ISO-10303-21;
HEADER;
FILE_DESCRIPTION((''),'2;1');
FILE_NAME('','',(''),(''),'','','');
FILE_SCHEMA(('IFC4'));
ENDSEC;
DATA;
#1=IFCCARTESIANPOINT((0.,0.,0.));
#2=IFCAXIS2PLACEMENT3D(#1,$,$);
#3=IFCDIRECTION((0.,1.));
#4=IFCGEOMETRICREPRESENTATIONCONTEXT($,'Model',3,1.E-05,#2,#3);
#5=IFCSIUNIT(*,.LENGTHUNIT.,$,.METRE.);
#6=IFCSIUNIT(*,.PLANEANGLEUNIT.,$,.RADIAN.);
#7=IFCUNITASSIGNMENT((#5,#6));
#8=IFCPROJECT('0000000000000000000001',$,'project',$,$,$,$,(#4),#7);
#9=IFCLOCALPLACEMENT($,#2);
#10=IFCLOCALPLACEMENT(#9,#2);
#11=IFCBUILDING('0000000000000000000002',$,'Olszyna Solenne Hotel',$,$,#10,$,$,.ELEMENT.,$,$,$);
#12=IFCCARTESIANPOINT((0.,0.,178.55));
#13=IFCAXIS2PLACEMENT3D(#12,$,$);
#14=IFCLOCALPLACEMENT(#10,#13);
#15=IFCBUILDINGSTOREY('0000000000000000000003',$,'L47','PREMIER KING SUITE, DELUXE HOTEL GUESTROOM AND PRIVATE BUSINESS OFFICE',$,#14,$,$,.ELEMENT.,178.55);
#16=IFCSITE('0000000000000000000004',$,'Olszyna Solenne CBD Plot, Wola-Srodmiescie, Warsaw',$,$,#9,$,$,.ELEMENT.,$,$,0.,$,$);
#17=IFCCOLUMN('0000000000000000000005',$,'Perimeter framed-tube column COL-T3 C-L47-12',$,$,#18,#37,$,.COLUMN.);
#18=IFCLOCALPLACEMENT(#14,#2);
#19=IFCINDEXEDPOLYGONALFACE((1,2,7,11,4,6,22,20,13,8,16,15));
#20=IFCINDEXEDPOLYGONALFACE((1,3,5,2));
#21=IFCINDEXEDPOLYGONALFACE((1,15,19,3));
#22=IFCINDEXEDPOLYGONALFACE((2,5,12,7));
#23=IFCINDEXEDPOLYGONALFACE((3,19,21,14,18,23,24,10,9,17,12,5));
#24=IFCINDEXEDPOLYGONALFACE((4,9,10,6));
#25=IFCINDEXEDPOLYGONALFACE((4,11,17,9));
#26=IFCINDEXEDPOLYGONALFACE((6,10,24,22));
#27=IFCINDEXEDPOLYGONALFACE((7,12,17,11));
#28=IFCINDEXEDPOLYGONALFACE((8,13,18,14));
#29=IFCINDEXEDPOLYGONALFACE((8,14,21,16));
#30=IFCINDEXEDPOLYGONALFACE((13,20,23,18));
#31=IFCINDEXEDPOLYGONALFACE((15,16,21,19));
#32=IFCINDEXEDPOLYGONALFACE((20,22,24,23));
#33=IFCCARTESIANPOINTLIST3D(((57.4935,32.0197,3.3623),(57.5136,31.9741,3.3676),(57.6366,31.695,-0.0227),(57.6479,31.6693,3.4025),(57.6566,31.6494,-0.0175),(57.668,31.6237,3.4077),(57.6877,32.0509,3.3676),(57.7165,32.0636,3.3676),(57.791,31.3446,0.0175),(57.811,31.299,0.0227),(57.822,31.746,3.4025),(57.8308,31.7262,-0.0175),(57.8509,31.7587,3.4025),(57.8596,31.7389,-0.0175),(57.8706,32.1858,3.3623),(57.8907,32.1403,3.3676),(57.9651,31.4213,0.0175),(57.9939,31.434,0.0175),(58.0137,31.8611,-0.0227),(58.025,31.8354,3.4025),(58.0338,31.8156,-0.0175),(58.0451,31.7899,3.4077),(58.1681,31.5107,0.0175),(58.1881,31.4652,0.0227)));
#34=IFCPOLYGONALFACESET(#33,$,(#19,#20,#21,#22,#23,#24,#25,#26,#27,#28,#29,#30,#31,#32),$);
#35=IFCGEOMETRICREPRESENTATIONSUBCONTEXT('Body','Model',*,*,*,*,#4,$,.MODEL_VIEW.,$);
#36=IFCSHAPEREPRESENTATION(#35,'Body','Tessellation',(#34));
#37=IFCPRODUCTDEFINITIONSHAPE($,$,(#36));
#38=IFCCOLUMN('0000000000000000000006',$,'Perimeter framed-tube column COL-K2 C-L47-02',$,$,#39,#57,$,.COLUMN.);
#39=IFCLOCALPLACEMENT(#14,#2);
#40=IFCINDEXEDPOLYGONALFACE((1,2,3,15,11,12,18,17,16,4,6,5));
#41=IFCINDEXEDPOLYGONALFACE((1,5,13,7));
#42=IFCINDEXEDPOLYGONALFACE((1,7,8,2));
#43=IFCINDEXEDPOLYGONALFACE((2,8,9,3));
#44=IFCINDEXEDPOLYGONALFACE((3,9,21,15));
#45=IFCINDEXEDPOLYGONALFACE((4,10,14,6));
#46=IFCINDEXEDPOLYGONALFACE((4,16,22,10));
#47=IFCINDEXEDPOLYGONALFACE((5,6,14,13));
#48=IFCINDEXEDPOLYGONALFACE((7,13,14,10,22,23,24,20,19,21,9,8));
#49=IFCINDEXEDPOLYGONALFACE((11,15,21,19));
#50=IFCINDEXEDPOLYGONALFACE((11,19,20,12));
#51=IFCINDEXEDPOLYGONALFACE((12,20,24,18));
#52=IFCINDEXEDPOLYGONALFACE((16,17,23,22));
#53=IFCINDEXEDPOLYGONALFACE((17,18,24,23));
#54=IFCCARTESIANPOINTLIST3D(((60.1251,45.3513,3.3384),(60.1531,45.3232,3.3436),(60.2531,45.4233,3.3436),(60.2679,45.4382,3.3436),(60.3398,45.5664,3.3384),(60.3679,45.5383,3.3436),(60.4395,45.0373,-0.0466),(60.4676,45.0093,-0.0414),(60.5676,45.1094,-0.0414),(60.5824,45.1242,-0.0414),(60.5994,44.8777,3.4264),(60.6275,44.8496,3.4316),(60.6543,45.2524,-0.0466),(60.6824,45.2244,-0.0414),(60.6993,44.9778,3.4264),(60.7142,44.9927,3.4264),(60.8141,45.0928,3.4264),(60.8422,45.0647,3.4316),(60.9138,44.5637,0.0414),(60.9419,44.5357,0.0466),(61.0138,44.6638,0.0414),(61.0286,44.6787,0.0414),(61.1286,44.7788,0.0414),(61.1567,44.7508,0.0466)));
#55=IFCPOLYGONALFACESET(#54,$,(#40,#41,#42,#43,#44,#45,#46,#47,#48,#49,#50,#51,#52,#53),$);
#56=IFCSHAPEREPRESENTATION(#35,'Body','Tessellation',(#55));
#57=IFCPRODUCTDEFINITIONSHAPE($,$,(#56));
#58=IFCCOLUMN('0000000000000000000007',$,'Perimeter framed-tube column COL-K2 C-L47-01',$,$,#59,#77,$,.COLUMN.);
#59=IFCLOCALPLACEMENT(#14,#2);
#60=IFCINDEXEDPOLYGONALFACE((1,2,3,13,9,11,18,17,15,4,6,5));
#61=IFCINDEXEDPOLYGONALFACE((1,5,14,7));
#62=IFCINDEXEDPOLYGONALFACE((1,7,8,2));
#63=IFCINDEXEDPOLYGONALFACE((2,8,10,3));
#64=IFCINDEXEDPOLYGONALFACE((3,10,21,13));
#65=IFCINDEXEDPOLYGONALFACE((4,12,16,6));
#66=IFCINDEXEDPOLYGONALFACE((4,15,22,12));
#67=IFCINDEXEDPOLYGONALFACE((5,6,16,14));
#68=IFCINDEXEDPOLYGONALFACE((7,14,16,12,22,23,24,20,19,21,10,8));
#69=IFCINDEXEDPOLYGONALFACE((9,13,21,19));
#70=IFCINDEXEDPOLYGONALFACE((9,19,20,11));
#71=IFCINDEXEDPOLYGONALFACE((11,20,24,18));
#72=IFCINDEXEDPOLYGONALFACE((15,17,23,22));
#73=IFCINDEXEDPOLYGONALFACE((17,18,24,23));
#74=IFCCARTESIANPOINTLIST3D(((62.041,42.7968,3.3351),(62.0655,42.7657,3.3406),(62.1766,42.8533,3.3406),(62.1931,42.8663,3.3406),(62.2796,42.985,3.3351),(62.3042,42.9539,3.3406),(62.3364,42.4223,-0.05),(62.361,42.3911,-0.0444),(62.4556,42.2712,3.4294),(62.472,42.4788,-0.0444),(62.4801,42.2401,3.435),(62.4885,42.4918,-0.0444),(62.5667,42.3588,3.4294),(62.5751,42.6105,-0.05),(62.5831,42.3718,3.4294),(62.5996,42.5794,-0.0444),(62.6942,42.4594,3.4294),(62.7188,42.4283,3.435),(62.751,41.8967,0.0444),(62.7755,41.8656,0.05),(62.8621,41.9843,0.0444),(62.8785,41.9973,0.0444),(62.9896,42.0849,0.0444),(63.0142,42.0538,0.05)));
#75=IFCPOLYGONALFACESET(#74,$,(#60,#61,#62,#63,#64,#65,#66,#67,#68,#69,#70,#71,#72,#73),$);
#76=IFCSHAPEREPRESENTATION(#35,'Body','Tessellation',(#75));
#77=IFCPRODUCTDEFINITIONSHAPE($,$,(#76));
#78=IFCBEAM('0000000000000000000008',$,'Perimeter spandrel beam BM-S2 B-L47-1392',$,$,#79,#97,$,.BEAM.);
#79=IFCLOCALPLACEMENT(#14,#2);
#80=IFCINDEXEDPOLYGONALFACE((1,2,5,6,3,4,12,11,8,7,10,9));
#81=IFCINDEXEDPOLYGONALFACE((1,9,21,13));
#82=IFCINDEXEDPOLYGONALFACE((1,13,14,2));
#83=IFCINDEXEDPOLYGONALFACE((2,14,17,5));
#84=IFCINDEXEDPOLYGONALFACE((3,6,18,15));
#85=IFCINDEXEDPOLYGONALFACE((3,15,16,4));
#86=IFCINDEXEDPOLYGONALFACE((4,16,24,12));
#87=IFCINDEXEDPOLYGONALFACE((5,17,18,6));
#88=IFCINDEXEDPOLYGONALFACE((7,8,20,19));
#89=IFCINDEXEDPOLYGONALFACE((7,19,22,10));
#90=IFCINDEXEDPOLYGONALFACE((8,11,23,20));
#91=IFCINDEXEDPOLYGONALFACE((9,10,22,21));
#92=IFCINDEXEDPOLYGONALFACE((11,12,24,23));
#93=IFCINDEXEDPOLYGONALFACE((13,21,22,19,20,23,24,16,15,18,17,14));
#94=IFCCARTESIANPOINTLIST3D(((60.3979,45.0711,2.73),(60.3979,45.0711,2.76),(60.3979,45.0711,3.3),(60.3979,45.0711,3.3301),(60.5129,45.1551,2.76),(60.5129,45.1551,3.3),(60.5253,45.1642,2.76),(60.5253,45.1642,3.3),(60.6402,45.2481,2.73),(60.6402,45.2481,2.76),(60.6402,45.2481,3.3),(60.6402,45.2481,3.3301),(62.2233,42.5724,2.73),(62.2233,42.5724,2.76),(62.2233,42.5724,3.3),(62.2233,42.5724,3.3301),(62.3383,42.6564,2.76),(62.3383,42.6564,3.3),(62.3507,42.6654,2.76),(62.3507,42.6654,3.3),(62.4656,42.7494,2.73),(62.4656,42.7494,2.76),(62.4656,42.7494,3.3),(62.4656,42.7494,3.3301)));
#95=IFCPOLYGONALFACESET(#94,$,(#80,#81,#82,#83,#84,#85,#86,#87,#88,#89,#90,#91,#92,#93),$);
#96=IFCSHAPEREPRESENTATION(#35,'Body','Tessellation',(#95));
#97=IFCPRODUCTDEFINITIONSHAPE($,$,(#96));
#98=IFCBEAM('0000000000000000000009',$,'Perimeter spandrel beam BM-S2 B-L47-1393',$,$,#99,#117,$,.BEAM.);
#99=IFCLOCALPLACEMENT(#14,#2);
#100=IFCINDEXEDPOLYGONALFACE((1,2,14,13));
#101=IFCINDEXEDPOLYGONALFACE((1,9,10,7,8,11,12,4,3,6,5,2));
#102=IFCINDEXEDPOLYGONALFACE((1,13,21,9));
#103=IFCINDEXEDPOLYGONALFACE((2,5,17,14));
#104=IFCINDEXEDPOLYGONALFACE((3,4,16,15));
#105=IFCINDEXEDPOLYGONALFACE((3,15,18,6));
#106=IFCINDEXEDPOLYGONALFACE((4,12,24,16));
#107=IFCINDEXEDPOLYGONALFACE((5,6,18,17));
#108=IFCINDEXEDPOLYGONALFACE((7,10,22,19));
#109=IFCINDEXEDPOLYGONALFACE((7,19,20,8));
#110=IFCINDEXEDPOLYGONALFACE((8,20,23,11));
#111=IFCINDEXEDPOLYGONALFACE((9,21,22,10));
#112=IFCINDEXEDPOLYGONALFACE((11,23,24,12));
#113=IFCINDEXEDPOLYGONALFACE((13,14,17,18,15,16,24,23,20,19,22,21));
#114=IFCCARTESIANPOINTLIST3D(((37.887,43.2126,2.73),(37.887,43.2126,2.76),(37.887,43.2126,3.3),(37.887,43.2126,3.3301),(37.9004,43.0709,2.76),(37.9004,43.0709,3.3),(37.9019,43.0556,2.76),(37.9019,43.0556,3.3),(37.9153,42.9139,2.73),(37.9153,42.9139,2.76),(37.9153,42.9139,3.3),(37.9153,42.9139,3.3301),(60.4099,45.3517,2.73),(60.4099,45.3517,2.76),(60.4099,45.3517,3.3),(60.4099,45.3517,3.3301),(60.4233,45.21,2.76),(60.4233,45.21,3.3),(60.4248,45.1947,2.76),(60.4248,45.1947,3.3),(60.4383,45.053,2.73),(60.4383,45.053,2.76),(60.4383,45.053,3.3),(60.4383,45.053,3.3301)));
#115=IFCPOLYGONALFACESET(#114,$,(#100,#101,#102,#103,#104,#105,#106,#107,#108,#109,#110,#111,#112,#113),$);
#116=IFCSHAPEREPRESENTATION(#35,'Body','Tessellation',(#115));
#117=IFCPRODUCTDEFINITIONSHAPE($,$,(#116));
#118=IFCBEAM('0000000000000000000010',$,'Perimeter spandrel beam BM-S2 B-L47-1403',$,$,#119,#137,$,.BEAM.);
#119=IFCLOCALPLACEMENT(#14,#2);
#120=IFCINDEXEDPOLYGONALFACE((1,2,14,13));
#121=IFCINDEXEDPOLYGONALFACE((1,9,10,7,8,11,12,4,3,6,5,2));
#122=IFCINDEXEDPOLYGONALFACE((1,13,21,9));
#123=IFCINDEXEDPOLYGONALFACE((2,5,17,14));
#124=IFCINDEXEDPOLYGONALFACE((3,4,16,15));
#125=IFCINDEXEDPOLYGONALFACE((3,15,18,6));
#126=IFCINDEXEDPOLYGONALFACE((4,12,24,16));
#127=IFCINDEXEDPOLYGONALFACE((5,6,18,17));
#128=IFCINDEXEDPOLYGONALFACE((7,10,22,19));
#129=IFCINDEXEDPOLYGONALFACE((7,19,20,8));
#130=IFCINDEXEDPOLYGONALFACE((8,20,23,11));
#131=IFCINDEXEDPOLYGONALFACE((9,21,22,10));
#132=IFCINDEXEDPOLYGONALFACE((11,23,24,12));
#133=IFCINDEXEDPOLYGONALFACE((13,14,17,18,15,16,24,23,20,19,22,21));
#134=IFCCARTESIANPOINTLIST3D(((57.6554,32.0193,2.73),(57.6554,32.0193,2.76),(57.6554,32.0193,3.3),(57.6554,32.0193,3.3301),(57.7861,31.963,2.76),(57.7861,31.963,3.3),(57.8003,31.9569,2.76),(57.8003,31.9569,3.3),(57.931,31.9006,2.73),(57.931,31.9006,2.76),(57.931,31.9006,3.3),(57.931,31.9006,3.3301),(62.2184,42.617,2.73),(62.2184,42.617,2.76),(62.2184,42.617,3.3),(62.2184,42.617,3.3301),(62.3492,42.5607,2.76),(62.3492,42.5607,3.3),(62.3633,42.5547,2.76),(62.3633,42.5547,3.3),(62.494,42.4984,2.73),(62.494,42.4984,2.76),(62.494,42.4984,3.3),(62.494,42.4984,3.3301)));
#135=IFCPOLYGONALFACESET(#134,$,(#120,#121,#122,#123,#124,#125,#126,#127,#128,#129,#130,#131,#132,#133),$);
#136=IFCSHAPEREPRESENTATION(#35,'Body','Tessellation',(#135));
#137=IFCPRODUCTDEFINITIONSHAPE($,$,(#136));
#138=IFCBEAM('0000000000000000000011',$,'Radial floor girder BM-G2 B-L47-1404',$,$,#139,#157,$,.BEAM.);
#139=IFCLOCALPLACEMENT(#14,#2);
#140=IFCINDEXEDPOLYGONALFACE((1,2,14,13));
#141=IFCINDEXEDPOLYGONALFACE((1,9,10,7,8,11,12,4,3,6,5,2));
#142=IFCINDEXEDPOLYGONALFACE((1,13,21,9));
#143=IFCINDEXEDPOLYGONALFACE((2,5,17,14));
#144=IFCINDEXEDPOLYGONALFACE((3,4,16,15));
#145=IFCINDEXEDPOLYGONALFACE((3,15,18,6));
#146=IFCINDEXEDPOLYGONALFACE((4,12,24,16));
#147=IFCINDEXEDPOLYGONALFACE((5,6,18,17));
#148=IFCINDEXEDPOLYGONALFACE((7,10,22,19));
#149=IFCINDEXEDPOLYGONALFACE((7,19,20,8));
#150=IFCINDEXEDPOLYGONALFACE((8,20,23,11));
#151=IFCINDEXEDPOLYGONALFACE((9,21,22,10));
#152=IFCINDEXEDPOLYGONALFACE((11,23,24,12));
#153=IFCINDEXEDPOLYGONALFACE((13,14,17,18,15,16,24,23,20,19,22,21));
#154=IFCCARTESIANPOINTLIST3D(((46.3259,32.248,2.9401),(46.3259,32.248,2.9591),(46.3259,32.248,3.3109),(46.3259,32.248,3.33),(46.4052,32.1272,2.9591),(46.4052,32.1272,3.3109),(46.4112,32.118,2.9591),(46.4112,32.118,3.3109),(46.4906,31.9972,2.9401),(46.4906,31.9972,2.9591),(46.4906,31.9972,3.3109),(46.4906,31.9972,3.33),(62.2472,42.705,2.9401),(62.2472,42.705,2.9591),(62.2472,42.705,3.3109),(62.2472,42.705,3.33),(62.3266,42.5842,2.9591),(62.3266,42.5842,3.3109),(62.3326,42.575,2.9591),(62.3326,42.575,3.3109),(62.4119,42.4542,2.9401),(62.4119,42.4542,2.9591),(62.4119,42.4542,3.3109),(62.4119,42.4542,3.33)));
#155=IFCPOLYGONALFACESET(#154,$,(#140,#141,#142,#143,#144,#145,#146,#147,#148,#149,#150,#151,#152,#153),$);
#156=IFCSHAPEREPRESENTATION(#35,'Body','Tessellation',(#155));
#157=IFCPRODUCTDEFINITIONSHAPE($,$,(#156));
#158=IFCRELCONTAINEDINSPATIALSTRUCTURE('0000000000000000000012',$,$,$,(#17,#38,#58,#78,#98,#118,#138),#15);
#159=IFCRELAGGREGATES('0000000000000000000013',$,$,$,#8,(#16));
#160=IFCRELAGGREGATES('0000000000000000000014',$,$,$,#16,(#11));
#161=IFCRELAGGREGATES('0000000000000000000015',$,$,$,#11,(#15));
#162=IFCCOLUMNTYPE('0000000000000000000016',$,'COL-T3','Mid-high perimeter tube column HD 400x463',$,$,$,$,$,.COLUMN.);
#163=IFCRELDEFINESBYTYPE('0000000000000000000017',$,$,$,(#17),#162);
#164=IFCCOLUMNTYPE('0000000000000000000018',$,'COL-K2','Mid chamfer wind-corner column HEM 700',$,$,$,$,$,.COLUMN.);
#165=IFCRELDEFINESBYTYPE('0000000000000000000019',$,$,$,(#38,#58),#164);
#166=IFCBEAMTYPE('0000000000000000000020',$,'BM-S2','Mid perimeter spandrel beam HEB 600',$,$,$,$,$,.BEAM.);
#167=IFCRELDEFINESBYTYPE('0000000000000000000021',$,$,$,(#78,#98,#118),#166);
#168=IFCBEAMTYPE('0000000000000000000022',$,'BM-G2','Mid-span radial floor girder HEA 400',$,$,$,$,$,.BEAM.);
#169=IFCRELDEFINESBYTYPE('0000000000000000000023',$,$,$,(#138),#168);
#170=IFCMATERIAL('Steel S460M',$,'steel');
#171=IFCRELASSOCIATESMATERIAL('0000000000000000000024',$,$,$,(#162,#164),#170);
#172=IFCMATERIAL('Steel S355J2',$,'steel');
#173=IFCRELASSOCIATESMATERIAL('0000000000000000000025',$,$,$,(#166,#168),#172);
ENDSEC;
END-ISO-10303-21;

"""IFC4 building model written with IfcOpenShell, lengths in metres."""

from ifc_helpers import new_model, si_unit, direction, frame, origin, origin_2d, place, context, subcontext, project, spatial, i_section, extrude, source, transform, mapped, material, material_profile, profile_set, type_object, element, save


model = new_model("IFC4")

# Units and contexts
model_context = context("Model", 3, precision=1e-05, world=origin(), true_north=direction((0.0, 1.0)))
body_context = subcontext(model_context, "Body", "Model", "MODEL_VIEW")
ifc_project = project(units=[si_unit("LENGTHUNIT", "METRE"), si_unit("PLANEANGLEUNIT", "RADIAN")], contexts=[model_context])

# Site, building, storey
site_placement = place(None, origin())
site = spatial("IfcSite", under=ifc_project, at=site_placement, Name="Olszyna Solenne CBD Plot, Wola-Srodmiescie, Warsaw", CompositionType="ELEMENT", RefElevation=0.0)
building_placement = place(site_placement, origin())
building = spatial("IfcBuilding", under=site, at=building_placement, Name="Olszyna Solenne Hotel", CompositionType="ELEMENT")
storey_placement = place(building_placement, frame((0.0, 0.0, 178.55)))
storey = spatial("IfcBuildingStorey", under=building, at=storey_placement, Name="L47", Description="PREMIER KING SUITE, DELUXE HOTEL GUESTROOM AND PRIVATE BUSINESS OFFICE", CompositionType="ELEMENT", Elevation=178.55)

# Columns
ifc_material_1 = material(Name="Steel S460M", Category="steel")
ifc_material_profile_1 = material_profile(ifc_material_1, i_section(OverallWidth=0.4121, OverallDepth=0.4351, WebThickness=0.0315, FlangeThickness=0.05, at=origin_2d()), Name="HD 400x463", Category="load-bearing")
ifc_profile_set_1 = profile_set([ifc_material_profile_1], Name="Steel S460M")
column_type_1 = type_object("IfcColumnType", Name="COL-T3", Description="Mid-high perimeter tube column HD 400x463", PredefinedType="COLUMN", material=ifc_profile_set_1)
shared_shape_1 = source(origin(), body_context, "Body", "SweptSolid", [
    extrude(i_section(OverallWidth=0.4121, OverallDepth=0.4351, WebThickness=0.0315, FlangeThickness=0.05, at=origin_2d()), origin(), (0.0, 0.0, 1.0), 3.4036),
])
column_1_placement = place(storey_placement, frame((57.9124, 31.5801, 0.0), z_axis=(-0.042034, 0.095402, 0.994551), x_axis=(-0.915112, -0.4032, 0.0)))
element("IfcColumn", 1, at=column_1_placement, inside=storey, type_object=column_type_1, Name="Perimeter framed-tube column COL-T3 C-L47-12", PredefinedType="COLUMN", context=body_context, shape_type="MappedRepresentation", body=[
    mapped(shared_shape_1, transform((0.0, 0.0, 0.0), x_axis=(1.0, 0.0, 0.0), y_axis=(0.0, 1.0, 0.0), z_axis=(0.0, 0.0, 1.0), scale=1.0)),
])
ifc_material_profile_2 = material_profile(ifc_material_1, i_section(OverallWidth=0.304, OverallDepth=0.7161, WebThickness=0.021, FlangeThickness=0.04, at=origin_2d()), Name="HEM 700", Category="load-bearing")
ifc_profile_set_2 = profile_set([ifc_material_profile_2], Name="Steel S460M")
column_type_2 = type_object("IfcColumnType", Name="COL-K2", Description="Mid chamfer wind-corner column HEM 700", PredefinedType="COLUMN", material=ifc_profile_set_2)
shared_shape_2 = source(origin(), body_context, "Body", "SweptSolid", [
    extrude(i_section(OverallWidth=0.304, OverallDepth=0.7161, WebThickness=0.021, FlangeThickness=0.04, at=origin_2d()), origin(), (0.0, 0.0, 1.0), 3.4141),
])
column_2_placement = place(storey_placement, frame((60.7981, 44.894, 0.0), z_axis=(-0.092106, 0.091963, 0.991494), x_axis=(-0.706557, -0.707656, 0.0)))
element("IfcColumn", 2, at=column_2_placement, inside=storey, type_object=column_type_2, Name="Perimeter framed-tube column COL-K2 C-L47-02", PredefinedType="COLUMN", context=body_context, shape_type="MappedRepresentation", body=[
    mapped(shared_shape_2, transform((0.0, 0.0, 0.0), x_axis=(1.0, 0.0, 0.0), y_axis=(0.0, 1.0, 0.0), z_axis=(0.0, 0.0, 1.0), scale=1.0)),
])
shared_shape_3 = source(origin(), body_context, "Body", "SweptSolid", [
    extrude(i_section(OverallWidth=0.304, OverallDepth=0.7161, WebThickness=0.021, FlangeThickness=0.04, at=origin_2d()), origin(), (0.0, 0.0, 1.0), 3.4185),
])
column_3_placement = place(storey_placement, frame((62.6753, 42.238, 0.0), z_axis=(-0.086416, 0.109556, 0.990217), x_axis=(-0.785145, -0.619312, 0.0)))
element("IfcColumn", 3, at=column_3_placement, inside=storey, type_object=column_type_2, Name="Perimeter framed-tube column COL-K2 C-L47-01", PredefinedType="COLUMN", context=body_context, shape_type="MappedRepresentation", body=[
    mapped(shared_shape_3, transform((0.0, 0.0, 0.0), x_axis=(1.0, 0.0, 0.0), y_axis=(0.0, 1.0, 0.0), z_axis=(0.0, 0.0, 1.0), scale=1.0)),
])

# Beams
ifc_material_2 = material(Name="Steel S355J2", Category="steel")
ifc_material_profile_3 = material_profile(ifc_material_2, i_section(OverallWidth=0.3, OverallDepth=0.6001, WebThickness=0.0154, FlangeThickness=0.03, at=origin_2d()), Name="HEB 600", Category="load-bearing")
ifc_profile_set_3 = profile_set([ifc_material_profile_3], Name="Steel S355J2")
beam_type_1 = type_object("IfcBeamType", Name="BM-S2", Description="Mid perimeter spandrel beam HEB 600", PredefinedType="BEAM", material=ifc_profile_set_3)
shared_shape_4 = source(origin(), body_context, "Body", "SweptSolid", [
    extrude(i_section(OverallWidth=0.3, OverallDepth=0.6001, WebThickness=0.0154, FlangeThickness=0.03, at=origin_2d()), origin(), (0.0, 0.0, 1.0), 3.0945),
])
beam_1_placement = place(storey_placement, frame((62.3445, 42.6609, 3.03), z_axis=(-0.589892, 0.807482, 0.0), x_axis=(-0.807482, -0.589892, 0.0)))
element("IfcBeam", 4, at=beam_1_placement, inside=storey, type_object=beam_type_1, Name="Perimeter spandrel beam BM-S2 B-L47-1392", PredefinedType="BEAM", context=body_context, shape_type="MappedRepresentation", body=[
    mapped(shared_shape_4, transform((0.0, 0.0, 0.0), x_axis=(1.0, 0.0, 0.0), y_axis=(0.0, 1.0, 0.0), z_axis=(0.0, 0.0, 1.0), scale=1.0)),
])
shared_shape_5 = source(origin(), body_context, "Body", "SweptSolid", [
    extrude(i_section(OverallWidth=0.3, OverallDepth=0.6001, WebThickness=0.0154, FlangeThickness=0.03, at=origin_2d()), origin(), (0.0, 0.0, 1.0), 22.6243),
])
beam_2_placement = place(storey_placement, frame((60.4241, 45.2024, 3.03), z_axis=(-0.99552, -0.094551, 0.0), x_axis=(0.094551, -0.99552, 0.0)))
element("IfcBeam", 5, at=beam_2_placement, inside=storey, type_object=beam_type_1, Name="Perimeter spandrel beam BM-S2 B-L47-1393", PredefinedType="BEAM", context=body_context, shape_type="MappedRepresentation", body=[
    mapped(shared_shape_5, transform((0.0, 0.0, 0.0), x_axis=(1.0, 0.0, 0.0), y_axis=(0.0, 1.0, 0.0), z_axis=(0.0, 0.0, 1.0), scale=1.0)),
])
shared_shape_6 = source(origin(), body_context, "Body", "SweptSolid", [
    extrude(i_section(OverallWidth=0.3, OverallDepth=0.6001, WebThickness=0.0154, FlangeThickness=0.03, at=origin_2d()), origin(), (0.0, 0.0, 1.0), 11.5383),
])
beam_3_placement = place(storey_placement, frame((57.7932, 31.96, 3.03), z_axis=(0.395466, 0.91848, 0.0), x_axis=(-0.91848, 0.395466, 0.0)))
element("IfcBeam", 6, at=beam_3_placement, inside=storey, type_object=beam_type_1, Name="Perimeter spandrel beam BM-S2 B-L47-1403", PredefinedType="BEAM", context=body_context, shape_type="MappedRepresentation", body=[
    mapped(shared_shape_6, transform((0.0, 0.0, 0.0), x_axis=(1.0, 0.0, 0.0), y_axis=(0.0, 1.0, 0.0), z_axis=(0.0, 0.0, 1.0), scale=1.0)),
])
ifc_material_profile_4 = material_profile(ifc_material_2, i_section(OverallWidth=0.3, OverallDepth=0.3899, WebThickness=0.011, FlangeThickness=0.019, at=origin_2d()), Name="HEA 400", Category="load-bearing")
ifc_profile_set_4 = profile_set([ifc_material_profile_4], Name="Steel S355J2")
beam_type_2 = type_object("IfcBeamType", Name="BM-G2", Description="Mid-span radial floor girder HEA 400", PredefinedType="BEAM", material=ifc_profile_set_4)
shared_shape_7 = source(origin(), body_context, "Body", "SweptSolid", [
    extrude(i_section(OverallWidth=0.3, OverallDepth=0.3899, WebThickness=0.011, FlangeThickness=0.019, at=origin_2d()), origin(), (0.0, 0.0, 1.0), 19.0483),
])
beam_4_placement = place(storey_placement, frame((62.3296, 42.5796, 3.135), z_axis=(-0.83584, -0.548973, 0.0), x_axis=(0.548973, -0.83584, 0.0)))
element("IfcBeam", 7, at=beam_4_placement, inside=storey, type_object=beam_type_2, Name="Radial floor girder BM-G2 B-L47-1404", PredefinedType="BEAM", context=body_context, shape_type="MappedRepresentation", body=[
    mapped(shared_shape_7, transform((0.0, 0.0, 0.0), x_axis=(1.0, 0.0, 0.0), y_axis=(0.0, 1.0, 0.0), z_axis=(0.0, 0.0, 1.0), scale=1.0)),
])

save(model, "model.ifc")
